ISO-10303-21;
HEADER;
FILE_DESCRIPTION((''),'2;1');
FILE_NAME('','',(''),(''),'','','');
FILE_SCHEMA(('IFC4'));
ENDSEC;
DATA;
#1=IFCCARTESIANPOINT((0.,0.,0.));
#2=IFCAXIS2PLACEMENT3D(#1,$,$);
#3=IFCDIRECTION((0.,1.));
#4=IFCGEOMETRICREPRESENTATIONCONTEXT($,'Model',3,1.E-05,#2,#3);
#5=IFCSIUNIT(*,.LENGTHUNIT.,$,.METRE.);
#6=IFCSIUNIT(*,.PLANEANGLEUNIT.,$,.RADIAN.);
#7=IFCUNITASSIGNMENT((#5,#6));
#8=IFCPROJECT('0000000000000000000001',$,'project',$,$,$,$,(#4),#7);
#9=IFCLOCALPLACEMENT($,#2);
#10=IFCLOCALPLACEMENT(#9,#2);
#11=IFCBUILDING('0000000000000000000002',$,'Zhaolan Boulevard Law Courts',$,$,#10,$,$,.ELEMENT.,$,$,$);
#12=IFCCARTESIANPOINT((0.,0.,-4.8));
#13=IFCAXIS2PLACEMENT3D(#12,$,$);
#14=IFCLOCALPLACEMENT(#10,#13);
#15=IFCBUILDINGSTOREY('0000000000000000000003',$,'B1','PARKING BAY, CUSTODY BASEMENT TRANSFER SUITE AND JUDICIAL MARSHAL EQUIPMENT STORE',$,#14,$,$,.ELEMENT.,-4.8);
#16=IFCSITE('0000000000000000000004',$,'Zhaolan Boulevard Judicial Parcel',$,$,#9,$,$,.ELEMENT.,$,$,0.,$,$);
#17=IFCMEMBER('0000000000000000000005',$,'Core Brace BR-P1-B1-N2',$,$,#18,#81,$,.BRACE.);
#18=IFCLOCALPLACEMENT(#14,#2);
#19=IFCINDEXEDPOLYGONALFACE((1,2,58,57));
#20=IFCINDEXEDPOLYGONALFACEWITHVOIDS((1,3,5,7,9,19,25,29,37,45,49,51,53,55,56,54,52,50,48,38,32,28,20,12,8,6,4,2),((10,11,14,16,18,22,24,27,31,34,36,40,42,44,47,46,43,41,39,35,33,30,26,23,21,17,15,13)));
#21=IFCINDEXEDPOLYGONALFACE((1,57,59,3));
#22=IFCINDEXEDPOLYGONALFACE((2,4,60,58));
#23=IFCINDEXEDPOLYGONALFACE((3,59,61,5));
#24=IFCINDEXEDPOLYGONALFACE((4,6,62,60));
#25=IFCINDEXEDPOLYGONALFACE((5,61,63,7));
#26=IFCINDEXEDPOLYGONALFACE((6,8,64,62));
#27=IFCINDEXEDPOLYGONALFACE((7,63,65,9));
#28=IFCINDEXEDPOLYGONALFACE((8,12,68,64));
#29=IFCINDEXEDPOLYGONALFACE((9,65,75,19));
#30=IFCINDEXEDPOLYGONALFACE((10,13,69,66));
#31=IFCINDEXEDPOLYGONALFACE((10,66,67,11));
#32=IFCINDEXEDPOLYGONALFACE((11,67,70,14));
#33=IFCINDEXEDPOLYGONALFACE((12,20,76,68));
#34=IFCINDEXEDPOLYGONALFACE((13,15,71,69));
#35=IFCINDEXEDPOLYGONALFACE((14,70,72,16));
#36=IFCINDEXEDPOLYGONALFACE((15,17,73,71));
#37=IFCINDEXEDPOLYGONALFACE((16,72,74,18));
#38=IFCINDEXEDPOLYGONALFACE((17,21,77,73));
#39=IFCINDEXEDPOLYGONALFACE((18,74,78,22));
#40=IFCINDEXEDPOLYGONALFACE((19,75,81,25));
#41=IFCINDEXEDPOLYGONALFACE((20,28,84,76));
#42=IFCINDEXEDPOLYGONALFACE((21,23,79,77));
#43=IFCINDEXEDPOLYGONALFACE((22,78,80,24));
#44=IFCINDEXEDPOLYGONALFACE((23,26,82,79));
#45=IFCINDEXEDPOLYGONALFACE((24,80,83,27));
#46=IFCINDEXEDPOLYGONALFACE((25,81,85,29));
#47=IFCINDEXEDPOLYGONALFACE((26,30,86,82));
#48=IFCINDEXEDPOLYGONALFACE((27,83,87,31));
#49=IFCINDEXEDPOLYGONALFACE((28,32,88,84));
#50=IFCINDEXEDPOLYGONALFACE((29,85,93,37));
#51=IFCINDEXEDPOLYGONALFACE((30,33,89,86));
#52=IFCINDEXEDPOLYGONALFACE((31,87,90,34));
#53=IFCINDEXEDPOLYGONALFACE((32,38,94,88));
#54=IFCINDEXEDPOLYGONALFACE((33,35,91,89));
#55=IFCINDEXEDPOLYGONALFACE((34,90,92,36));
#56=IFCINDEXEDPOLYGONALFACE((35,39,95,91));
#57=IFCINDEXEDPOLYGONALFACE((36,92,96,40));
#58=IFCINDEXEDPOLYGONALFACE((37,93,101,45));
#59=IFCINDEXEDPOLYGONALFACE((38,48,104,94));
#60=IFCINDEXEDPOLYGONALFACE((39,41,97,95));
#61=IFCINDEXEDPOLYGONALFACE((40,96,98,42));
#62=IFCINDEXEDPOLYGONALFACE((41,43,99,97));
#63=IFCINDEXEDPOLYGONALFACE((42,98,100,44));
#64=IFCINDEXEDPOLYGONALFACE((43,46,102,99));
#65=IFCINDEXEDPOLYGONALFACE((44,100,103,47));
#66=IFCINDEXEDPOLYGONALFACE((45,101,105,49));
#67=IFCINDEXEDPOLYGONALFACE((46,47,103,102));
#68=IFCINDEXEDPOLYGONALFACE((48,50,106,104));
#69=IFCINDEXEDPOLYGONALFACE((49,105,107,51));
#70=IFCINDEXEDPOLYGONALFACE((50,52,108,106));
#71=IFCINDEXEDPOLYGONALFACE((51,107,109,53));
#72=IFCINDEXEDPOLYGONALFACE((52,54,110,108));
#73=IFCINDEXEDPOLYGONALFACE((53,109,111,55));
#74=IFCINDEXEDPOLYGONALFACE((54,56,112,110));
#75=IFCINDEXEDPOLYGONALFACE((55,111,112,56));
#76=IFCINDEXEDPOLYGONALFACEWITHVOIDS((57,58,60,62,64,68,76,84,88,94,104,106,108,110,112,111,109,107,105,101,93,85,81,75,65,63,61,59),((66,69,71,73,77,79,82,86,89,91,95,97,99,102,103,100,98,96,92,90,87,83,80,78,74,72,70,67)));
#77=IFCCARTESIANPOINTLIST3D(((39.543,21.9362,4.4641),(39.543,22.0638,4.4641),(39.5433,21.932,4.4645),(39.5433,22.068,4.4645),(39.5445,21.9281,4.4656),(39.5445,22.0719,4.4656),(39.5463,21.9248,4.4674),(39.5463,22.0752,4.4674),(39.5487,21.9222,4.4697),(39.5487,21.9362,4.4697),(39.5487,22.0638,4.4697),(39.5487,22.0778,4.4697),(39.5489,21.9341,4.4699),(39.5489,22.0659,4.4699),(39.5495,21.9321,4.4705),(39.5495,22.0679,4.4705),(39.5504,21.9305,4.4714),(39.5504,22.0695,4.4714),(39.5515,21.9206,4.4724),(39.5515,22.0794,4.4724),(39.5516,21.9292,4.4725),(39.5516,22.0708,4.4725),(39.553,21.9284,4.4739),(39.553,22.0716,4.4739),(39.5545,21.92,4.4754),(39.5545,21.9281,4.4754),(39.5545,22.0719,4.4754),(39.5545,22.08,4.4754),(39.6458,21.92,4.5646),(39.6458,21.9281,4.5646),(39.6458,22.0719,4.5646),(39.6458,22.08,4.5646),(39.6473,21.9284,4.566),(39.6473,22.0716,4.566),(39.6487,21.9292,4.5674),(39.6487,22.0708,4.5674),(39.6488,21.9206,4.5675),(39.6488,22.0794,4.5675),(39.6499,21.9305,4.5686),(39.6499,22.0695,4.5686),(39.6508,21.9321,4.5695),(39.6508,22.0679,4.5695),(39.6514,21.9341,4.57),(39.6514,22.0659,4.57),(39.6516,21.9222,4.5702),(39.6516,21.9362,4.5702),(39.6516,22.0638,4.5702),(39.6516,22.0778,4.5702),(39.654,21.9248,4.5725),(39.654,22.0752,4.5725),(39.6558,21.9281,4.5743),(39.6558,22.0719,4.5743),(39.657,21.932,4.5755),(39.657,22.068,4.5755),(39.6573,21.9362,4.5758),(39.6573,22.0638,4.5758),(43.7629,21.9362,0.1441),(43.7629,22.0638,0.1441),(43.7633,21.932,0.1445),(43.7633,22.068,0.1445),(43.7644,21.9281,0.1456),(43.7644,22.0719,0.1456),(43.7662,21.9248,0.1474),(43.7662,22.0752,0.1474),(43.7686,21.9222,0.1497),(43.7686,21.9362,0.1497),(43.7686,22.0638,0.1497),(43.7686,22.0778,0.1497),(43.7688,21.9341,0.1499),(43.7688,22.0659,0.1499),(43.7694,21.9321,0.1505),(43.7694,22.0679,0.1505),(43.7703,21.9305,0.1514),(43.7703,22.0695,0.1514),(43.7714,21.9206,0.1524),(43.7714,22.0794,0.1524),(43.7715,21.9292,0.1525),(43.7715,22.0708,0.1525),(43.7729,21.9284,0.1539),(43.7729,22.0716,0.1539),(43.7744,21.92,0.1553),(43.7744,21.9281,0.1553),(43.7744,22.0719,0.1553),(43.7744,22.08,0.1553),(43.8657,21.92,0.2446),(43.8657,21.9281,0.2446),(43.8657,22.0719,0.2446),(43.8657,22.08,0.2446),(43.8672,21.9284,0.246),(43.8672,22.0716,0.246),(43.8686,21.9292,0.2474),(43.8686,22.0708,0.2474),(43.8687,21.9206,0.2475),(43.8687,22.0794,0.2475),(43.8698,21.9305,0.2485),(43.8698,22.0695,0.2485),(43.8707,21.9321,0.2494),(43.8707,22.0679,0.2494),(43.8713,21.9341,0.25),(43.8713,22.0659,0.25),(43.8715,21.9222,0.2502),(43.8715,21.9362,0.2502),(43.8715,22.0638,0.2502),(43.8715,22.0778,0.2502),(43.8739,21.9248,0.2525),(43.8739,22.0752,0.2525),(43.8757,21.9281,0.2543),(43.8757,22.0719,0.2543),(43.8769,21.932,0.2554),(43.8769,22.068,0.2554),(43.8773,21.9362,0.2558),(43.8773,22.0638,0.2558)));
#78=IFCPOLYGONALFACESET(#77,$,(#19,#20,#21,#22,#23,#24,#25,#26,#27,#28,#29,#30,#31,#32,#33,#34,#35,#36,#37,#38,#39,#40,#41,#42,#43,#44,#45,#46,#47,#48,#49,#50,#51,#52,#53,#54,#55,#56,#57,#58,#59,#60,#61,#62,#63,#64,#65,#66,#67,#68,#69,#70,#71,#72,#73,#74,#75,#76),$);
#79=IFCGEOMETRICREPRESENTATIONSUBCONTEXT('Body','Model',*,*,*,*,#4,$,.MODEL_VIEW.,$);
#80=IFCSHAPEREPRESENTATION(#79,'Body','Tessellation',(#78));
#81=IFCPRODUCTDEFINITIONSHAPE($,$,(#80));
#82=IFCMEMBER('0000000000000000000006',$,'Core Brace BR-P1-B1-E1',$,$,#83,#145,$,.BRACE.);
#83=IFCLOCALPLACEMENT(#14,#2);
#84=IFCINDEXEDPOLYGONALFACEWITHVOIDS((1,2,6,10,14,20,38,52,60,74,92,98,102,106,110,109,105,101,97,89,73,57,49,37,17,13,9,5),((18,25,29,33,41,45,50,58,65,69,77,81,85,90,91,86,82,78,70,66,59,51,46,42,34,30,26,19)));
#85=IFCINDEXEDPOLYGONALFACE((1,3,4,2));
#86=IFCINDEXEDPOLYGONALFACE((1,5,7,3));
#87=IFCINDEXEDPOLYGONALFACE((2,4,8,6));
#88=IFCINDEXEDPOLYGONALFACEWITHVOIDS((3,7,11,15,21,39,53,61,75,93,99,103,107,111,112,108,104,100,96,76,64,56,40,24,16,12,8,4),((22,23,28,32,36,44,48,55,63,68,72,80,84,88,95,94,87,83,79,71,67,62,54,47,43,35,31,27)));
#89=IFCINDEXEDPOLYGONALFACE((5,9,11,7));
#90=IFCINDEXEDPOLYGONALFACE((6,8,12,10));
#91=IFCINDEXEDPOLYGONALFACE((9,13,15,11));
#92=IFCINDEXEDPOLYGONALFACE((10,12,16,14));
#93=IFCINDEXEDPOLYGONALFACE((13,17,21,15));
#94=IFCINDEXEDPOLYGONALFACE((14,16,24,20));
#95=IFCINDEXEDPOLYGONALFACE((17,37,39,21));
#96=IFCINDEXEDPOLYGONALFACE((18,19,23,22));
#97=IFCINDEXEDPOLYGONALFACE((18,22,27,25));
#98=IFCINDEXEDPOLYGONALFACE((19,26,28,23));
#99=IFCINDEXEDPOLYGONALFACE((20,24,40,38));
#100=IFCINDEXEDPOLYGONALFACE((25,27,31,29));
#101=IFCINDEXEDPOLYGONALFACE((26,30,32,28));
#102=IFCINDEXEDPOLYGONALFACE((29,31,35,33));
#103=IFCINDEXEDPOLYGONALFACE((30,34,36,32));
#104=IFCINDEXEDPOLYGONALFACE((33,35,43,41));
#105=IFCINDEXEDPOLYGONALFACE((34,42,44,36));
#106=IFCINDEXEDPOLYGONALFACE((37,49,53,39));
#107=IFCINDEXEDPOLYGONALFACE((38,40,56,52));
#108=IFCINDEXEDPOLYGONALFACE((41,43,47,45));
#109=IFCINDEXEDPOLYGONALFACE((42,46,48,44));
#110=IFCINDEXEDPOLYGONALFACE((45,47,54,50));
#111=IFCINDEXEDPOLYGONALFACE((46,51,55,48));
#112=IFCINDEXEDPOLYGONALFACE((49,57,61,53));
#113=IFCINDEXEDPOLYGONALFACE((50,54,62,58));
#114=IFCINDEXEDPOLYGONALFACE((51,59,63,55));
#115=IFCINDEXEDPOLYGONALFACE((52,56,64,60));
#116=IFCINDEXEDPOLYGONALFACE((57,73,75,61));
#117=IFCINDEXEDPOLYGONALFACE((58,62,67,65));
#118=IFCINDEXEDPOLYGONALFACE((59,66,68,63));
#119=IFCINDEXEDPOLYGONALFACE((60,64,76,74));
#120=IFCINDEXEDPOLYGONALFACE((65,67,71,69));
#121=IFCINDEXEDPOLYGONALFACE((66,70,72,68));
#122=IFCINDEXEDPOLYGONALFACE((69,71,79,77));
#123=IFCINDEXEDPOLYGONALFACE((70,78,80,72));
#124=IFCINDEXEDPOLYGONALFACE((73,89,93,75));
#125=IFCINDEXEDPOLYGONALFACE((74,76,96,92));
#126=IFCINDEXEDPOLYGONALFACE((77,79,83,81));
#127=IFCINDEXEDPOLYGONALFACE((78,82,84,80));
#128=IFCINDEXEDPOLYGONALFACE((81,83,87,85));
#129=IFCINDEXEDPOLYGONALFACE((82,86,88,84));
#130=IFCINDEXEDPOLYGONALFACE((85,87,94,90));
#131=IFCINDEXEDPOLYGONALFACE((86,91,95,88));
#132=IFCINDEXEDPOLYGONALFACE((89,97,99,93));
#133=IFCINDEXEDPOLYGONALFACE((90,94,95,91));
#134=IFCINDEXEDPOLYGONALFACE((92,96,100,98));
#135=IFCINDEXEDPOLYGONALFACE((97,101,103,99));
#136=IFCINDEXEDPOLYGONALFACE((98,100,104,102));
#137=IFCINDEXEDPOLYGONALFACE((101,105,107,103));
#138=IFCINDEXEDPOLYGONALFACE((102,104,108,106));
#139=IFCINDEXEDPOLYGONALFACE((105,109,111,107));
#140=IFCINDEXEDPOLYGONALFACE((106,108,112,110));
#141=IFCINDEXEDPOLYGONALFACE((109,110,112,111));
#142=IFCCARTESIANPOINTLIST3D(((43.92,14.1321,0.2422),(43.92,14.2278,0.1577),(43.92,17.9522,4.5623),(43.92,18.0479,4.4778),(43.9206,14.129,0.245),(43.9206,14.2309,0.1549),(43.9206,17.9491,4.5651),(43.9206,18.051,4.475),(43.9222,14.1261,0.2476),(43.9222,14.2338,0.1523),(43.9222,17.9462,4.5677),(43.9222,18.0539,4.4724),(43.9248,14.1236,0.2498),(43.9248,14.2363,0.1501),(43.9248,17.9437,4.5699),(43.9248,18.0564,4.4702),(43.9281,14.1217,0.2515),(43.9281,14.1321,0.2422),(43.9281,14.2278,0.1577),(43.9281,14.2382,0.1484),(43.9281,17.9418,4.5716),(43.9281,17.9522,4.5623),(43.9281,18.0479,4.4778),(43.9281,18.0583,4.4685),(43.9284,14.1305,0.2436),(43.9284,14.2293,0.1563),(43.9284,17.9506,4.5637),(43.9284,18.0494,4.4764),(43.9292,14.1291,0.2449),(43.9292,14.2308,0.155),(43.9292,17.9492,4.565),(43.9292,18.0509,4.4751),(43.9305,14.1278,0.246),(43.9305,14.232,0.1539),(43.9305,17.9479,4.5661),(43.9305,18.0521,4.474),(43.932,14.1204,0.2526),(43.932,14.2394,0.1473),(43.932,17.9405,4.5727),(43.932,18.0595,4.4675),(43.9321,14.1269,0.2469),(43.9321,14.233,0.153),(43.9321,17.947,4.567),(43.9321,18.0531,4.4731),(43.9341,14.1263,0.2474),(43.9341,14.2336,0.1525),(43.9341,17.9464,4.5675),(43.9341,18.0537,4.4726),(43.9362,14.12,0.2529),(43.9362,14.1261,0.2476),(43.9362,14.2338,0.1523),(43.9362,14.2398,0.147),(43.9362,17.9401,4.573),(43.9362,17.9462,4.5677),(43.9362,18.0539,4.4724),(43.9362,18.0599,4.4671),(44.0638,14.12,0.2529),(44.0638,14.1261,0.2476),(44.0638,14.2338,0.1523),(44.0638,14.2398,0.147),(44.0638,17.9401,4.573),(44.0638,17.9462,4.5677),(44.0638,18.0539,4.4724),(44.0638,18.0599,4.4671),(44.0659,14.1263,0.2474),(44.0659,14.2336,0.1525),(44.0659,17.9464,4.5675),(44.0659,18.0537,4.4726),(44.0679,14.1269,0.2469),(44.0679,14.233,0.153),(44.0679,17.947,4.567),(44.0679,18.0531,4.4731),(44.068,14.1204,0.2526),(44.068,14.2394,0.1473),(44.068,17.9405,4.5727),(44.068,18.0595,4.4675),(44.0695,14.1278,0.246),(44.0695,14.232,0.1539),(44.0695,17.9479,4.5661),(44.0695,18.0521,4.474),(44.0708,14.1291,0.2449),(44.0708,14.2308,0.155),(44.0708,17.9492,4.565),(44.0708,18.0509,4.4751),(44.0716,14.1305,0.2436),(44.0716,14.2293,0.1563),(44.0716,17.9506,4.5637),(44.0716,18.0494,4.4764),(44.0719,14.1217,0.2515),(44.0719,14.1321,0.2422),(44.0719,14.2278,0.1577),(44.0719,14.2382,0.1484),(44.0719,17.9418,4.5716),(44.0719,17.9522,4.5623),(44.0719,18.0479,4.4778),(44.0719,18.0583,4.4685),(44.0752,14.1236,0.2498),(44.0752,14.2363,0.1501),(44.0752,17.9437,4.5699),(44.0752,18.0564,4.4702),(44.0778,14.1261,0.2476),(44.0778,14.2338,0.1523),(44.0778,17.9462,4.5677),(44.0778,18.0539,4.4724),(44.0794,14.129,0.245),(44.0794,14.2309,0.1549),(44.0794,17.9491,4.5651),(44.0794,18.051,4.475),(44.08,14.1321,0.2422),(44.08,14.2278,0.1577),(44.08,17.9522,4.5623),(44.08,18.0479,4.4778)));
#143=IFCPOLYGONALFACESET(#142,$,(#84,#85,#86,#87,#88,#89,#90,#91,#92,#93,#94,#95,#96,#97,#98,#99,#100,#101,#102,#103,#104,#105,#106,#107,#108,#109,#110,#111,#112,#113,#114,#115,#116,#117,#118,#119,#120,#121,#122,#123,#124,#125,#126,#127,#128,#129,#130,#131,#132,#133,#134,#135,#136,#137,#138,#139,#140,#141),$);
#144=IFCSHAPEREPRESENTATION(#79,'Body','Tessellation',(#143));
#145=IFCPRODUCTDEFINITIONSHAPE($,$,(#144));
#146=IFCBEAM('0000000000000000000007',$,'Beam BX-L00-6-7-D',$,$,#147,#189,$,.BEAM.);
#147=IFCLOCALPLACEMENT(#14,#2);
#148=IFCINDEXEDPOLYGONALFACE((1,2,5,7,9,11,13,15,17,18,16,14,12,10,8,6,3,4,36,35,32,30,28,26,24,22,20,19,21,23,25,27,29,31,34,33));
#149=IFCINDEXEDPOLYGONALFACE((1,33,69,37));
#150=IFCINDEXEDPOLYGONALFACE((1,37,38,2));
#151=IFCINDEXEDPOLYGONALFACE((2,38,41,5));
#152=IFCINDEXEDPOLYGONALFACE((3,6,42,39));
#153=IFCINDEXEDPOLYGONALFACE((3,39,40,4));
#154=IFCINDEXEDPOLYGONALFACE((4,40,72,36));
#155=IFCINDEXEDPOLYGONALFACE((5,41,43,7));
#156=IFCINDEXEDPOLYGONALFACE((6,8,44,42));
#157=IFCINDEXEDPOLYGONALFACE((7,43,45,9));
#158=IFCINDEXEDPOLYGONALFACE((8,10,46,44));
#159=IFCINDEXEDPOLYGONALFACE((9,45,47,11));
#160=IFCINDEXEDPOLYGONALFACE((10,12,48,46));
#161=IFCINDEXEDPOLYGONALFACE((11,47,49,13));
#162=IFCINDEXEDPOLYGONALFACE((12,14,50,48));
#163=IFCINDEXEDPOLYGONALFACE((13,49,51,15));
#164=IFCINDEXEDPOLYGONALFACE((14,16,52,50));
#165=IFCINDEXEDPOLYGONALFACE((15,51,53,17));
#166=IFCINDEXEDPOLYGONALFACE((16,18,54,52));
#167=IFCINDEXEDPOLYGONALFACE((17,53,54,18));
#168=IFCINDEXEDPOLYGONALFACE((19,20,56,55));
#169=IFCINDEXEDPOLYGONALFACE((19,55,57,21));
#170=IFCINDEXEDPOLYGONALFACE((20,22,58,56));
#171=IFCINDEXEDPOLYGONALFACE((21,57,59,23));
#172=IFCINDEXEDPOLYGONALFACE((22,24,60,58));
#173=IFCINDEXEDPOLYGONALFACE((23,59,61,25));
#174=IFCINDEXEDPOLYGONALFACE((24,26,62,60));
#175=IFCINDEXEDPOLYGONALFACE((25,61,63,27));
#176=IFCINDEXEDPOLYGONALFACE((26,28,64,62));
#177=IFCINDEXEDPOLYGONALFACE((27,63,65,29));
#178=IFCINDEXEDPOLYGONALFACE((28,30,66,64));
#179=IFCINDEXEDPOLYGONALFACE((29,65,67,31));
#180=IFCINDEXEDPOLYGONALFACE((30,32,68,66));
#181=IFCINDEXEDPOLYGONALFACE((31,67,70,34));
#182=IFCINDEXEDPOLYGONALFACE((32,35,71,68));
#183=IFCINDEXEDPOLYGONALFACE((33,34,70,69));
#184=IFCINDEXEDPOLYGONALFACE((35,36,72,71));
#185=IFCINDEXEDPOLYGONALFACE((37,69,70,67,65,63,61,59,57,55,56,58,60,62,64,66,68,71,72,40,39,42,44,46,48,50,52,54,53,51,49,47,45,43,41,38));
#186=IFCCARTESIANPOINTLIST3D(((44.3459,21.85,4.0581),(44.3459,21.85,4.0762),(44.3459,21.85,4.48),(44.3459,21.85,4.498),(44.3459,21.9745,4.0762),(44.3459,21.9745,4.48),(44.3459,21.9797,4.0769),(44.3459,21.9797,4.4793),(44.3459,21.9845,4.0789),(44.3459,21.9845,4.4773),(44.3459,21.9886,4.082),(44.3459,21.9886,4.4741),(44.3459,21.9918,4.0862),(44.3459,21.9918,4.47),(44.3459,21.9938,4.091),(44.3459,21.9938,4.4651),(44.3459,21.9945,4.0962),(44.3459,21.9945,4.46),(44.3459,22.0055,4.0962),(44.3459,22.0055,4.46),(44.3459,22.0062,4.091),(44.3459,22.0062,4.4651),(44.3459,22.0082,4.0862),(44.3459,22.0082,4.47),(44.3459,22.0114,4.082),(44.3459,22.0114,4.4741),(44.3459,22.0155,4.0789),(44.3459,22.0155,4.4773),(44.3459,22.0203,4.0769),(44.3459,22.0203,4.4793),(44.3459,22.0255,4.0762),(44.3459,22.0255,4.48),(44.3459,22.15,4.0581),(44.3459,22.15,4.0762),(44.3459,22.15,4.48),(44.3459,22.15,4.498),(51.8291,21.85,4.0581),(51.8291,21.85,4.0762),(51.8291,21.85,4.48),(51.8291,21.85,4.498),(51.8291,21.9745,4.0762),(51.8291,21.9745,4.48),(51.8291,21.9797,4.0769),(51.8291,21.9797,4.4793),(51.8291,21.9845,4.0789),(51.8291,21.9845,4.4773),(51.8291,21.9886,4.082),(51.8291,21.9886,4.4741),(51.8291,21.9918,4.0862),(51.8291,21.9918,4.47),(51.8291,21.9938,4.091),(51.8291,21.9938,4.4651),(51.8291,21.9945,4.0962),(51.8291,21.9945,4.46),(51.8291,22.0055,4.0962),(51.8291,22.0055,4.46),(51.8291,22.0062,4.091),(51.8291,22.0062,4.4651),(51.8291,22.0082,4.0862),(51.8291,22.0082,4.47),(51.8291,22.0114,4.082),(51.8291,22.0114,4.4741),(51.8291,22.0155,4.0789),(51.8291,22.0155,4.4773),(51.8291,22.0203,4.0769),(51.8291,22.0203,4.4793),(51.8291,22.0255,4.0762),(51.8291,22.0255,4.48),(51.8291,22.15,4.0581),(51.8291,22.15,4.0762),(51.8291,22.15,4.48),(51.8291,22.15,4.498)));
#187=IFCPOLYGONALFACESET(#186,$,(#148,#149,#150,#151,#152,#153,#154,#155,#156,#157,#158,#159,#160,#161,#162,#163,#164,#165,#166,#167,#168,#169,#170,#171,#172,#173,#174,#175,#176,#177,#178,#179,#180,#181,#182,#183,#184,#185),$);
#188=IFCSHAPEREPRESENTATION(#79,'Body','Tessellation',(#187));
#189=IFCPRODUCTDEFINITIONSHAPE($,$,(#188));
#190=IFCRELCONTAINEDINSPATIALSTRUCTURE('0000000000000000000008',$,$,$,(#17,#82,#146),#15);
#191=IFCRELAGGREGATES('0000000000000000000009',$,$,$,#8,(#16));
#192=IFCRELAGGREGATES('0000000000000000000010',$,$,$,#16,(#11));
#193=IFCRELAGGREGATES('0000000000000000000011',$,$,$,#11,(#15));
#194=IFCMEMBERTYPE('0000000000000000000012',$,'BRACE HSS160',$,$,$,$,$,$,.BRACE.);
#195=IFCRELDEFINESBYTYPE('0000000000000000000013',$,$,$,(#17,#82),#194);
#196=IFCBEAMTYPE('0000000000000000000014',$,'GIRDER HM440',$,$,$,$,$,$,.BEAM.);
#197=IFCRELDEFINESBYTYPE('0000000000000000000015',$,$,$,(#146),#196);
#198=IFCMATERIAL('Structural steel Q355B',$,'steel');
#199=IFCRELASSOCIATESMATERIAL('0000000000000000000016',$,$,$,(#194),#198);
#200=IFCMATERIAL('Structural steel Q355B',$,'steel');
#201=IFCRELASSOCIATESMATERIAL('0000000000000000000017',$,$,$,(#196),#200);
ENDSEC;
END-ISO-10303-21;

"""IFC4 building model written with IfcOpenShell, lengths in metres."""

from ifc_helpers import new_model, si_unit, direction, frame, origin, origin_2d, place, context, subcontext, project, spatial, hollow_rectangle, i_section, extrude, material, material_profile, profile_set, type_object, element, save


model = new_model("IFC4")

# Units and contexts
model_context = context("Model", 3, precision=1e-05, world=origin(), true_north=direction((0.0, 1.0)))
body_context = subcontext(model_context, "Body", "Model", "MODEL_VIEW")
ifc_project = project(units=[si_unit("LENGTHUNIT", "METRE"), si_unit("PLANEANGLEUNIT", "RADIAN")], contexts=[model_context])

# Site, building, storey
site_placement = place(None, origin())
site = spatial("IfcSite", under=ifc_project, at=site_placement, Name="Zhaolan Boulevard Judicial Parcel", CompositionType="ELEMENT", RefElevation=0.0)
building_placement = place(site_placement, origin())
building = spatial("IfcBuilding", under=site, at=building_placement, Name="Zhaolan Boulevard Law Courts", CompositionType="ELEMENT")
storey_placement = place(building_placement, frame((0.0, 0.0, -4.8)))
storey = spatial("IfcBuildingStorey", under=building, at=storey_placement, Name="B1", Description="PARKING BAY, CUSTODY BASEMENT TRANSFER SUITE AND JUDICIAL MARSHAL EQUIPMENT STORE", CompositionType="ELEMENT", Elevation=-4.8)

# Members
ifc_material_1 = material(Name="Structural steel Q355B", Category="steel")
ifc_material_profile_1 = material_profile(ifc_material_1, hollow_rectangle(XDim=0.1599, YDim=0.1599, WallThickness=0.0081, InnerFilletRadius=0.0081, OuterFilletRadius=0.0161, at=origin_2d()), Name="HSS160x160x8")
ifc_profile_set_1 = profile_set([ifc_material_profile_1], Name="Structural steel Q355B")
member_type_1 = type_object("IfcMemberType", Name="BRACE HSS160", PredefinedType="BRACE", material=ifc_profile_set_1)
member_1_placement = place(storey_placement, frame((43.8201, 22.0, 0.2), z_axis=(-0.698771, 0.0, 0.715346), x_axis=(0.0, -1.0, 0.0)))
element("IfcMember", 1, at=member_1_placement, inside=storey, type_object=member_type_1, Name="Core Brace BR-P1-B1-N2", PredefinedType="BRACE", context=body_context, shape_type="SweptSolid", body=[
    extrude(hollow_rectangle(XDim=0.1599, YDim=0.1599, WallThickness=0.0081, InnerFilletRadius=0.0081, OuterFilletRadius=0.0161, at=origin_2d()), origin(), (0.0, 0.0, 1.0), 6.0391),
])
member_2_placement = place(storey_placement, frame((44.0, 14.1799, 0.2), z_axis=(0.0, 0.662425, 0.749128), x_axis=(-1.0, 0.0, 0.0)))
element("IfcMember", 2, at=member_2_placement, inside=storey, type_object=member_type_1, Name="Core Brace BR-P1-B1-E1", PredefinedType="BRACE", context=body_context, shape_type="SweptSolid", body=[
    extrude(hollow_rectangle(XDim=0.1599, YDim=0.1599, WallThickness=0.0081, InnerFilletRadius=0.0081, OuterFilletRadius=0.0161, at=origin_2d()), origin(), (0.0, 0.0, 1.0), 5.7668),
])

# Beam
ifc_material_2 = material(Name="Structural steel Q355B", Category="steel")
ifc_material_profile_2 = material_profile(ifc_material_2, i_section(OverallWidth=0.3, OverallDepth=0.4399, WebThickness=0.011, FlangeThickness=0.0181, FilletRadius=0.02, at=origin_2d()), Name="HM440x300")
ifc_profile_set_2 = profile_set([ifc_material_profile_2], Name="Structural steel Q355B")
beam_type_1 = type_object("IfcBeamType", Name="GIRDER HM440", PredefinedType="BEAM", material=ifc_profile_set_2)
beam_1_placement = place(storey_placement, frame((44.3459, 22.0, 4.2781), z_axis=(1.0, 0.0, 0.0), x_axis=(0.0, 1.0, 0.0)))
element("IfcBeam", 3, at=beam_1_placement, inside=storey, type_object=beam_type_1, Name="Beam BX-L00-6-7-D", PredefinedType="BEAM", context=body_context, shape_type="SweptSolid", body=[
    extrude(i_section(OverallWidth=0.3, OverallDepth=0.4399, WebThickness=0.011, FlangeThickness=0.0181, FilletRadius=0.02, at=origin_2d()), origin(), (0.0, 0.0, 1.0), 7.4832),
])

save(model, "model.ifc")
